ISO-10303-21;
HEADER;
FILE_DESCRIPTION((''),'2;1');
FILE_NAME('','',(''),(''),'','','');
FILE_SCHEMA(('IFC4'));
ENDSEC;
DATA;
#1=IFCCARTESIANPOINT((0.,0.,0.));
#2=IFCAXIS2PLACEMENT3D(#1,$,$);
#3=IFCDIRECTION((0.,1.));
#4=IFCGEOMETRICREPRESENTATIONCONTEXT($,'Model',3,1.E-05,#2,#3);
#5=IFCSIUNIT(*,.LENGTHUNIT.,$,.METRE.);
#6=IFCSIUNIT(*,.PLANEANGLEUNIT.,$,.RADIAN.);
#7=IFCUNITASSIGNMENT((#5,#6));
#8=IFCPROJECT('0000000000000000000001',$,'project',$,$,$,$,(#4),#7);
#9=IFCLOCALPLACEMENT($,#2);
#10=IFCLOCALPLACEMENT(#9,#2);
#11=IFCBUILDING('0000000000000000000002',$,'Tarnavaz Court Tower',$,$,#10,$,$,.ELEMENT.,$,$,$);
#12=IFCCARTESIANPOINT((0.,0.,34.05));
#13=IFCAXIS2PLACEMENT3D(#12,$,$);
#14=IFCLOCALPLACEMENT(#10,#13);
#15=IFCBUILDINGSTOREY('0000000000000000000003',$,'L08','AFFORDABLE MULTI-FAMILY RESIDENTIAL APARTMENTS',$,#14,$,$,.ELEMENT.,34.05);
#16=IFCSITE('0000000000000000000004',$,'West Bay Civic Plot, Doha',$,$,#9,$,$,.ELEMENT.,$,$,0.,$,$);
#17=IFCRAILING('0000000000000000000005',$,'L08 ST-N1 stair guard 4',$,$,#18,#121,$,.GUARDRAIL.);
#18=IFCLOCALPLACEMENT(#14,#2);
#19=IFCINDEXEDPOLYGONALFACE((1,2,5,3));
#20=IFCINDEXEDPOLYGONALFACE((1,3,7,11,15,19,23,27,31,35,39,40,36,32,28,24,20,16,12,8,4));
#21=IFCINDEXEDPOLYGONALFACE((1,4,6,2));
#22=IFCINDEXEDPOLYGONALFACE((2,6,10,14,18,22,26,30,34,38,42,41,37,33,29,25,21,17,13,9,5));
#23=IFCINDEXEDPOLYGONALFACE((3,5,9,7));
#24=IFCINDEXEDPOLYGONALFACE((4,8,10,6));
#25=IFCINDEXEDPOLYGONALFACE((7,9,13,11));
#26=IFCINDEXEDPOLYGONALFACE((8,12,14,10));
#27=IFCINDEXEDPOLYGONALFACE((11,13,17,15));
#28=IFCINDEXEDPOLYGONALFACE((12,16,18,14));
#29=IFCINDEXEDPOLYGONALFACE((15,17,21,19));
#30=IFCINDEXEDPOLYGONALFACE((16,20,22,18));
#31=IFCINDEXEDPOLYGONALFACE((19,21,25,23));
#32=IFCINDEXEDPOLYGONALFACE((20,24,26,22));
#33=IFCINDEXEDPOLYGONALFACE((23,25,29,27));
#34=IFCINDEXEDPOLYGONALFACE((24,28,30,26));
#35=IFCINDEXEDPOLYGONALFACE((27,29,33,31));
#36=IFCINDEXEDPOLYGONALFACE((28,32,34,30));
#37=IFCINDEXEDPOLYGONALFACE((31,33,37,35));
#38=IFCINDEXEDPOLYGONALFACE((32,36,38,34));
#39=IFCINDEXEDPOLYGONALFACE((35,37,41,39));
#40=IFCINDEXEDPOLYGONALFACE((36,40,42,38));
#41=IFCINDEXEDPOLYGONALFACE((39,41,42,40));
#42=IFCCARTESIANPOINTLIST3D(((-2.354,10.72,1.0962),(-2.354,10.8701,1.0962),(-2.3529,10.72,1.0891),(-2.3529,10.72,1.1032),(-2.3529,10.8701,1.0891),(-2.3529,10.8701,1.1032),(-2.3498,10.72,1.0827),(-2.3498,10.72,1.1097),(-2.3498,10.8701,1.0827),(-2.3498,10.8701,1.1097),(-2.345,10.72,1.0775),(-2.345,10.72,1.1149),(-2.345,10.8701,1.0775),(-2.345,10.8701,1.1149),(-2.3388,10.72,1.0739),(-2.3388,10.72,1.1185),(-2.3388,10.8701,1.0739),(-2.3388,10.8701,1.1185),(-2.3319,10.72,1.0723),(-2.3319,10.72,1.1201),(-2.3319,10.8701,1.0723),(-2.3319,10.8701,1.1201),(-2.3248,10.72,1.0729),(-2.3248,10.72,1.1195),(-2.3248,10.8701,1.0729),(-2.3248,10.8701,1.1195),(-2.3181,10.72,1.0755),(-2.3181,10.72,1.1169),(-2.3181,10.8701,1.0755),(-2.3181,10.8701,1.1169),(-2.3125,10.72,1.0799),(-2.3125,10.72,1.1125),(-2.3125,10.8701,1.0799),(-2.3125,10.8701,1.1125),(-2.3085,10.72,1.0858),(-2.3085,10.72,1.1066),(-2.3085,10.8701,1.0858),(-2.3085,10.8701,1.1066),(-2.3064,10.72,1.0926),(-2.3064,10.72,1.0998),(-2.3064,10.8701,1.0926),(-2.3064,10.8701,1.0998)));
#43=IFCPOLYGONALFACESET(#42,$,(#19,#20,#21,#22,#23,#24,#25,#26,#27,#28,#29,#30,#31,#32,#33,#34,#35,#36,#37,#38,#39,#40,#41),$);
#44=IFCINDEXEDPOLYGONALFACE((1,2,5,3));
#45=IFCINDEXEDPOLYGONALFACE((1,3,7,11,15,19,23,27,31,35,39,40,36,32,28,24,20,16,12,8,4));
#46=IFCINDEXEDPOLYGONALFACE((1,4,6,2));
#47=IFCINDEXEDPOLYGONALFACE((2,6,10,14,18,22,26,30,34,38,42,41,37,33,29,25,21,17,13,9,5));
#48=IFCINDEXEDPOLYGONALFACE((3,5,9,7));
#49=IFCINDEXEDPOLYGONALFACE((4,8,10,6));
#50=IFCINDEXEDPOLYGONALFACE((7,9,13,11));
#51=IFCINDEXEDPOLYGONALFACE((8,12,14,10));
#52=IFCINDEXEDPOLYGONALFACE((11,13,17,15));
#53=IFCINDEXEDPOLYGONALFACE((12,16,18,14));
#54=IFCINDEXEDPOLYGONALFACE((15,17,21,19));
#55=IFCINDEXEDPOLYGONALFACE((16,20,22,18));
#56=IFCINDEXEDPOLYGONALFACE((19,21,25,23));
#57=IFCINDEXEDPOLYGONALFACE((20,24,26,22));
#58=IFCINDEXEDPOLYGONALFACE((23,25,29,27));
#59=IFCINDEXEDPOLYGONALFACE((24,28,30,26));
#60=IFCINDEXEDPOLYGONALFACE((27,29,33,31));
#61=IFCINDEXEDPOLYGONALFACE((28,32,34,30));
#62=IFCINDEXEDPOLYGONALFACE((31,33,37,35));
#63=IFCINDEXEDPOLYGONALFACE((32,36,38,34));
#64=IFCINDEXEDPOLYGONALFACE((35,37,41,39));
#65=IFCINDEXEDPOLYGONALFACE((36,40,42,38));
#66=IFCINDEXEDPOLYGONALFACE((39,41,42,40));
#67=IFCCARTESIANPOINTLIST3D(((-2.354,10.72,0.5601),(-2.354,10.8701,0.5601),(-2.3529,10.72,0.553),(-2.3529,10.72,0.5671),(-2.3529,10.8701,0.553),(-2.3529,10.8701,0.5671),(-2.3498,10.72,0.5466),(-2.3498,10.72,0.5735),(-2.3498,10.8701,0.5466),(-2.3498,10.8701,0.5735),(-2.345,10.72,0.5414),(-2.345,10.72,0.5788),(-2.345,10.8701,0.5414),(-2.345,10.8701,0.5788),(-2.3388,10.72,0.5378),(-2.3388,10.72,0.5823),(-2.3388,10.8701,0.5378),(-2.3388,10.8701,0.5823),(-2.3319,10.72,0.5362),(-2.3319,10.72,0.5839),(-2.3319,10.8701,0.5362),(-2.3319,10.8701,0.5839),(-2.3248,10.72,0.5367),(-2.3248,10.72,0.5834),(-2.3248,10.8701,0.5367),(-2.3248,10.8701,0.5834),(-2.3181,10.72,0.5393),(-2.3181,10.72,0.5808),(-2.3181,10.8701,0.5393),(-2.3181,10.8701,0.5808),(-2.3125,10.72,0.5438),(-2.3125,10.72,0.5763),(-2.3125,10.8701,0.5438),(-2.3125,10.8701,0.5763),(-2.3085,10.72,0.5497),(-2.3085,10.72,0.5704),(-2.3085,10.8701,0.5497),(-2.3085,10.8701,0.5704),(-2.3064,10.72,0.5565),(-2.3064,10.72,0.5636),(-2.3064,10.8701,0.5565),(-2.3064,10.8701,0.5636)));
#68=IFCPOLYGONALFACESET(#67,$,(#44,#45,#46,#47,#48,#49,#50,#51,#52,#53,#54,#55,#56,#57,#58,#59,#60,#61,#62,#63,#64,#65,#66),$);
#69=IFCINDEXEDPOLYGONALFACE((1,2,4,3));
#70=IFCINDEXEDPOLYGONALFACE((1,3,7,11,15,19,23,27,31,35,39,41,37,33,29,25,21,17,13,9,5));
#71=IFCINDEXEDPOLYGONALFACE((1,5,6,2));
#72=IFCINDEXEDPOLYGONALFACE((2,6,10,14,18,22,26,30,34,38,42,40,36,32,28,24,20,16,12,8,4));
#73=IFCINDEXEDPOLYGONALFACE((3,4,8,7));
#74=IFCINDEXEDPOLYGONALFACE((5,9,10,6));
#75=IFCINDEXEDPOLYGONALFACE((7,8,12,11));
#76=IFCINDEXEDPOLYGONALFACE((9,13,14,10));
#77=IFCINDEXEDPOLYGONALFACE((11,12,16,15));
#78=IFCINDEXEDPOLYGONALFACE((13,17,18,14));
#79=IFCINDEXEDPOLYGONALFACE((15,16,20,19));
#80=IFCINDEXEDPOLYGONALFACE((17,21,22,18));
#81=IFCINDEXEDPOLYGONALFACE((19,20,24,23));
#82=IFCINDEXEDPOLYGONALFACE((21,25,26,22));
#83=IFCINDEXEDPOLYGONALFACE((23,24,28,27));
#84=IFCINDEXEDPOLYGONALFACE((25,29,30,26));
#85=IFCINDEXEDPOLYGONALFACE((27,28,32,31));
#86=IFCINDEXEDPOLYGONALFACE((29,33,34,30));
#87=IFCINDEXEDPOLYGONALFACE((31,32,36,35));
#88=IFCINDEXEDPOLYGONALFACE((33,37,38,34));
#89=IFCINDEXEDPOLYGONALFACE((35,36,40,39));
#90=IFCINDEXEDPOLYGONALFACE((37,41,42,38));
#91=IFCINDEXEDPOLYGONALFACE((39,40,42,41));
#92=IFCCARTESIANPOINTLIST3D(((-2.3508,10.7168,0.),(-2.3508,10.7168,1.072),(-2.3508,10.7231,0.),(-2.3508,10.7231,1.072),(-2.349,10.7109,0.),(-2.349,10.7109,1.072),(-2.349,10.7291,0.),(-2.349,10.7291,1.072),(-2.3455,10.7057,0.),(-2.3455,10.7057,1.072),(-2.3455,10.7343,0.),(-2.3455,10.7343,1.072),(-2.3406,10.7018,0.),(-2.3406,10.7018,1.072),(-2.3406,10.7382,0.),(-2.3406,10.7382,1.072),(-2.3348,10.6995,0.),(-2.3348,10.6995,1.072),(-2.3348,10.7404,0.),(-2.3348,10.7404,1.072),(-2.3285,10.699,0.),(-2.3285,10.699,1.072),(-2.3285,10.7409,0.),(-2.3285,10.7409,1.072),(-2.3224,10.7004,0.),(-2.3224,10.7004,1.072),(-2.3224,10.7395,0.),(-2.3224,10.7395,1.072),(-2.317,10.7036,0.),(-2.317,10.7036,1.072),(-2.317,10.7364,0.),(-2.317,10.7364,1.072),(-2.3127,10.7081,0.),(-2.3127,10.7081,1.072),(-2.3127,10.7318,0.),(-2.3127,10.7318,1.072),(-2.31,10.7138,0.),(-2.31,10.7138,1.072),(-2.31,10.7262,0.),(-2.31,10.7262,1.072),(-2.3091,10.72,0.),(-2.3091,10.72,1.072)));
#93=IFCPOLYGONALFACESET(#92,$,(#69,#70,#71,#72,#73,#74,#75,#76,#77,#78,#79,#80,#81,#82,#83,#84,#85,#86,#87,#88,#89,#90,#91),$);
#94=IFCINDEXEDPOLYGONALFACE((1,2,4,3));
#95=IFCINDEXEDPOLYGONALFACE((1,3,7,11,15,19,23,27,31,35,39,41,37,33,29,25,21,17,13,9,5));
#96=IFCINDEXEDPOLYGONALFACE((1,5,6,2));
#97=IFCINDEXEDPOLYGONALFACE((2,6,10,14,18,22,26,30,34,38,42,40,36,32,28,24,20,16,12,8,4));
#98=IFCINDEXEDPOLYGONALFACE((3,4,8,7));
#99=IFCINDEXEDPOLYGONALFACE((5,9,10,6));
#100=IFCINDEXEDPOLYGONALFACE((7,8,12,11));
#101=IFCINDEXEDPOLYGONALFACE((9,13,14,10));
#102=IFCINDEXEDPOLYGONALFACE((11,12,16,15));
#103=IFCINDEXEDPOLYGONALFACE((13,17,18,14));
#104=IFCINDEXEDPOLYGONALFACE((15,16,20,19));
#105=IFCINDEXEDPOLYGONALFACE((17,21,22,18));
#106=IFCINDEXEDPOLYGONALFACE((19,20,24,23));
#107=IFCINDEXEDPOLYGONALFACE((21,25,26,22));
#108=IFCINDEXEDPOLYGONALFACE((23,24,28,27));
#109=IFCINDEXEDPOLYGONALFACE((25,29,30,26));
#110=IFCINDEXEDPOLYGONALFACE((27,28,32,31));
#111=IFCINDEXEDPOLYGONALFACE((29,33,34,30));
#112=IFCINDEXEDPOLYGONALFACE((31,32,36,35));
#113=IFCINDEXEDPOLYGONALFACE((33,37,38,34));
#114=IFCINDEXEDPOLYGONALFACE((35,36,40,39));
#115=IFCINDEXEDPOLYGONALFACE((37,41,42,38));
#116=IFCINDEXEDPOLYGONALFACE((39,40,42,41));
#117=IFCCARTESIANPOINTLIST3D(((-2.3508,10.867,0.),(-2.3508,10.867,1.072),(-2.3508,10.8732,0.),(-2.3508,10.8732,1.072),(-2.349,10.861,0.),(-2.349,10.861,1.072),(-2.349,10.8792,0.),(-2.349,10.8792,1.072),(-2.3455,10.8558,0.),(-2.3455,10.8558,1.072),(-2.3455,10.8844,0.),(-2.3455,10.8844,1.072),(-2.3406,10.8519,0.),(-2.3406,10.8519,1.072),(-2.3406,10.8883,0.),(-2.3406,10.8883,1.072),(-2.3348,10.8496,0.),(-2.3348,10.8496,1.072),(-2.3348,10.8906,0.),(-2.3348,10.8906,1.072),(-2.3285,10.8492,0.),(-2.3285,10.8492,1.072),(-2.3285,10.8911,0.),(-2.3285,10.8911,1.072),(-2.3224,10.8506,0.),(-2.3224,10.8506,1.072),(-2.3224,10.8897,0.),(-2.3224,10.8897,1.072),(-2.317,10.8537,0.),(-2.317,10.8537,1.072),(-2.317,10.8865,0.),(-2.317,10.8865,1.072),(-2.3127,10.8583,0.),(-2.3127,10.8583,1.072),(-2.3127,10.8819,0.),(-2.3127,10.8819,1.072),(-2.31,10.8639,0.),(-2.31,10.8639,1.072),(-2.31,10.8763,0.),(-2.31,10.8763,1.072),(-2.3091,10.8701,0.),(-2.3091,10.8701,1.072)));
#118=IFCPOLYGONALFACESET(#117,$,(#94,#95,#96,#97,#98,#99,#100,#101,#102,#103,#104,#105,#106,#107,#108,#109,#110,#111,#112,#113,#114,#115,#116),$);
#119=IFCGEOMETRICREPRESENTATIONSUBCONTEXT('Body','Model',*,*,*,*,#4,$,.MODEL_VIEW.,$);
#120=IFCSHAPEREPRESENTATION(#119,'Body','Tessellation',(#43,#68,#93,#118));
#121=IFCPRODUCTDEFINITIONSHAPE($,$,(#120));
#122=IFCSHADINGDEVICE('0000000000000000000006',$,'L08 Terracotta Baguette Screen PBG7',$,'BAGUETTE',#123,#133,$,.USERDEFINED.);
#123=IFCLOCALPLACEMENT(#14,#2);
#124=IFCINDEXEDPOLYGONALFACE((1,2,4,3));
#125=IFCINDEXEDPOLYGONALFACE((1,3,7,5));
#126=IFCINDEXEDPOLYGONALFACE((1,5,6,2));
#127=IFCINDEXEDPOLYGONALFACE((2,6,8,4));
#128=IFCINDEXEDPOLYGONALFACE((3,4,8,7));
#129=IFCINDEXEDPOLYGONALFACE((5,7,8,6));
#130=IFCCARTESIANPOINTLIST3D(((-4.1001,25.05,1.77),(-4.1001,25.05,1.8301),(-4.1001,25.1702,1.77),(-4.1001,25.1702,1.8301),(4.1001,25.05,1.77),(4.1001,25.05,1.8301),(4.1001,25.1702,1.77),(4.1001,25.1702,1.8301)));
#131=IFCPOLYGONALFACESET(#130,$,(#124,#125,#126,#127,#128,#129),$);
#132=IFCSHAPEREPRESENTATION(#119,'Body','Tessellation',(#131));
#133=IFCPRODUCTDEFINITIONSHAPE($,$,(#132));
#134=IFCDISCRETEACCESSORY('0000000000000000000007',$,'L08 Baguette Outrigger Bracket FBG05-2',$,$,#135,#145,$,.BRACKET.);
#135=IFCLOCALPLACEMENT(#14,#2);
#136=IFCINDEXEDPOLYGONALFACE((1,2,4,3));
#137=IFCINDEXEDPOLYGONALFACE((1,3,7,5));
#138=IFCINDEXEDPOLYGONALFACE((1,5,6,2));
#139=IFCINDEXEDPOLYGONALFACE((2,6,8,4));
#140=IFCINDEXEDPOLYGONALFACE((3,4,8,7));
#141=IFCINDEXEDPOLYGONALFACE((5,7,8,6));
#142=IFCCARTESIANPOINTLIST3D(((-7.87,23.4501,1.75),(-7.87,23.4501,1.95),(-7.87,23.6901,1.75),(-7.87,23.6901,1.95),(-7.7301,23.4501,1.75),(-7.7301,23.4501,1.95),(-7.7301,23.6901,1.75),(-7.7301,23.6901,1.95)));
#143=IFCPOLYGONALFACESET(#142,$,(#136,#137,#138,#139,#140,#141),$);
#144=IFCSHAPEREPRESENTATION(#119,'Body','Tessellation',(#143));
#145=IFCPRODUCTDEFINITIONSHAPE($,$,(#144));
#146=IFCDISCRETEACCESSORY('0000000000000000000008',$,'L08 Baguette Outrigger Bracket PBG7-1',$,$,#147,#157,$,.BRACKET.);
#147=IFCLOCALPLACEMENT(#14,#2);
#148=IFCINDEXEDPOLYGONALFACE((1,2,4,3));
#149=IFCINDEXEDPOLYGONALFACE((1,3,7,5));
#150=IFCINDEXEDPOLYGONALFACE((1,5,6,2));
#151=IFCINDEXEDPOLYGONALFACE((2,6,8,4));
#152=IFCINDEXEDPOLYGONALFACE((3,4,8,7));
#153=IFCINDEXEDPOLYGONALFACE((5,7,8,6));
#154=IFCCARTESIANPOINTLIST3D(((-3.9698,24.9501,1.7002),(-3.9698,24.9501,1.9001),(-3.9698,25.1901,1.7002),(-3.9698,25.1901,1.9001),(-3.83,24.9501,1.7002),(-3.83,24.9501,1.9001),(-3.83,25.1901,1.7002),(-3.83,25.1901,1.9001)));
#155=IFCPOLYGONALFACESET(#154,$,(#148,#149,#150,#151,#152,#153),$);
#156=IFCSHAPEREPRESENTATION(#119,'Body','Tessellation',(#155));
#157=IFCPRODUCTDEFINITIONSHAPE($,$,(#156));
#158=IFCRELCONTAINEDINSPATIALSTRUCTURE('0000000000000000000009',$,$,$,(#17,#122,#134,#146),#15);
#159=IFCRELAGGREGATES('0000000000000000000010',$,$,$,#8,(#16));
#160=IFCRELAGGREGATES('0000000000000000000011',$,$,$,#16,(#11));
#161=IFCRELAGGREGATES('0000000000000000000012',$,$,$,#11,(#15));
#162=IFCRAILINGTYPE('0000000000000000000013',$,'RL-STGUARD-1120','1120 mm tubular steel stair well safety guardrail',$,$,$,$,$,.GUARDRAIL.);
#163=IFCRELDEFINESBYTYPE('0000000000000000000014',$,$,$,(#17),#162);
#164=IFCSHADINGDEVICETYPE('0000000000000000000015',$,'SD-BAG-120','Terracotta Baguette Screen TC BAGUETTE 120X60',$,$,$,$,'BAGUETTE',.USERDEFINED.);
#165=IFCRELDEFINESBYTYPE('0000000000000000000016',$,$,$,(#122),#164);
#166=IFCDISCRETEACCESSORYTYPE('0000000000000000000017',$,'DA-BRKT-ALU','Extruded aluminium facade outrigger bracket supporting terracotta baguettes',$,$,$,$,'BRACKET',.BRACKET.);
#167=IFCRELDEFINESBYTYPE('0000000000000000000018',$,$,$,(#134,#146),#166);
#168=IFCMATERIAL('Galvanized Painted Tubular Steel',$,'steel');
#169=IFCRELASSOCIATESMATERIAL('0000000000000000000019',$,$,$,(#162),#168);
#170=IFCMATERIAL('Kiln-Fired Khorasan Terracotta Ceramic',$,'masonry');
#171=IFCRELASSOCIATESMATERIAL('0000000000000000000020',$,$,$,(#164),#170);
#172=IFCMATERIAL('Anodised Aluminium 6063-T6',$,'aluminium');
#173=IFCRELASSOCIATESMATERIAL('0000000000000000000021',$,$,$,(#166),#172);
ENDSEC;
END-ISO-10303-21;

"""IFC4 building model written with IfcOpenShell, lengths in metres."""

from ifc_helpers import new_model, si_unit, direction, frame, origin, origin_2d, place, context, subcontext, project, spatial, rectangle, circle, extrude, material, material_profile, profile_set, type_object, element, save


model = new_model("IFC4")

# Units and contexts
model_context = context("Model", 3, precision=1e-05, world=origin(), true_north=direction((0.0, 1.0)))
body_context = subcontext(model_context, "Body", "Model", "MODEL_VIEW")
ifc_project = project(units=[si_unit("LENGTHUNIT", "METRE"), si_unit("PLANEANGLEUNIT", "RADIAN")], contexts=[model_context])

# Site, building, storey
site_placement = place(None, origin())
site = spatial("IfcSite", under=ifc_project, at=site_placement, Name="West Bay Civic Plot, Doha", CompositionType="ELEMENT", RefElevation=0.0)
building_placement = place(site_placement, origin())
building = spatial("IfcBuilding", under=site, at=building_placement, Name="Tarnavaz Court Tower", CompositionType="ELEMENT")
storey_placement = place(building_placement, frame((0.0, 0.0, 34.05)))
storey = spatial("IfcBuildingStorey", under=building, at=storey_placement, Name="L08", Description="AFFORDABLE MULTI-FAMILY RESIDENTIAL APARTMENTS", CompositionType="ELEMENT", Elevation=34.05)

# Shared definitions
ifc_material_1 = material(Name="Anodised Aluminium 6063-T6", Category="aluminium")

# Railing
ifc_material_2 = material(Name="Galvanized Painted Tubular Steel", Category="steel")
railing_type = type_object("IfcRailingType", Name="RL-STGUARD-1120", Description="1120 mm tubular steel stair well safety guardrail", PredefinedType="GUARDRAIL", material=ifc_material_2)
railing_1_placement = place(storey_placement, frame((-2.3301, 10.72, 0.0)))
element("IfcRailing", 1, at=railing_1_placement, inside=storey, type_object=railing_type, Name="L08 ST-N1 stair guard 4", PredefinedType="GUARDRAIL", context=body_context, shape_type="SweptSolid", body=[
    extrude(circle(Radius=0.0239, at=origin_2d()), frame((0.0, 0.0, 1.0962), z_axis=(0.0, 1.0, 0.0), x_axis=(-1.0, 0.0, 0.0)), (0.0, 0.0, 1.0), 0.1501),
    extrude(circle(Radius=0.0239, at=origin_2d()), frame((0.0, 0.0, 0.5601), z_axis=(0.0, 1.0, 0.0), x_axis=(-1.0, 0.0, 0.0)), (0.0, 0.0, 1.0), 0.1501),
    extrude(circle(Radius=0.021, at=origin_2d()), origin(), (0.0, 0.0, 1.0), 1.072),
    extrude(circle(Radius=0.021, at=origin_2d()), frame((0.0, 0.1501, 0.0)), (0.0, 0.0, 1.0), 1.072),
])

# Shading device
ifc_material_3 = material(Name="Kiln-Fired Khorasan Terracotta Ceramic", Category="masonry")
ifc_material_profile_1 = material_profile(ifc_material_3, rectangle(XDim=0.1201, YDim=0.0601, at=origin_2d()), Name="TC BAGUETTE 120X60")
ifc_profile_set_1 = profile_set([ifc_material_profile_1], Name="Kiln-Fired Khorasan Terracotta Ceramic")
shading_device_type = type_object("IfcShadingDeviceType", Name="SD-BAG-120", Description="Terracotta Baguette Screen TC BAGUETTE 120X60", ElementType="BAGUETTE", PredefinedType="USERDEFINED", material=ifc_profile_set_1)
shading_device_placement = place(storey_placement, frame((-4.1001, 25.1101, 1.8), z_axis=(1.0, 0.0, 0.0), x_axis=(0.0, 1.0, 0.0)))
element("IfcShadingDevice", 2, at=shading_device_placement, inside=storey, type_object=shading_device_type, Name="L08 Terracotta Baguette Screen PBG7", ObjectType="BAGUETTE", PredefinedType="USERDEFINED", context=body_context, shape_type="SweptSolid", body=[
    extrude(rectangle(XDim=0.1201, YDim=0.0601, at=origin_2d()), origin(), (0.0, 0.0, 1.0), 8.2002),
])

# Discrete accessories
discrete_accessory_type = type_object("IfcDiscreteAccessoryType", Name="DA-BRKT-ALU", Description="Extruded aluminium facade outrigger bracket supporting terracotta baguettes", ElementType="BRACKET", PredefinedType="BRACKET", material=ifc_material_1)
for number, where, z_axis, x_axis, name in (
    (3, (-7.8, 23.5701, 1.75), (0.0, 0.0, 1.0), (1.0, 0.0, 0.0), "L08 Baguette Outrigger Bracket FBG05-2"),
    (4, (-3.8999, 25.0701, 1.7002), (0.0, 0.0, 1.0), (1.0, 0.0, 0.0), "L08 Baguette Outrigger Bracket PBG7-1"),
):
    element("IfcDiscreteAccessory", number, at=place(storey_placement, frame(where, z_axis=z_axis, x_axis=x_axis)), inside=storey, type_object=discrete_accessory_type, Name=name, PredefinedType="BRACKET", context=body_context, shape_type="SweptSolid", body=[
        extrude(rectangle(XDim=0.1399, YDim=0.24, at=origin_2d()), origin(), (0.0, 0.0, 1.0), 0.2),
    ])

save(model, "model.ifc")
